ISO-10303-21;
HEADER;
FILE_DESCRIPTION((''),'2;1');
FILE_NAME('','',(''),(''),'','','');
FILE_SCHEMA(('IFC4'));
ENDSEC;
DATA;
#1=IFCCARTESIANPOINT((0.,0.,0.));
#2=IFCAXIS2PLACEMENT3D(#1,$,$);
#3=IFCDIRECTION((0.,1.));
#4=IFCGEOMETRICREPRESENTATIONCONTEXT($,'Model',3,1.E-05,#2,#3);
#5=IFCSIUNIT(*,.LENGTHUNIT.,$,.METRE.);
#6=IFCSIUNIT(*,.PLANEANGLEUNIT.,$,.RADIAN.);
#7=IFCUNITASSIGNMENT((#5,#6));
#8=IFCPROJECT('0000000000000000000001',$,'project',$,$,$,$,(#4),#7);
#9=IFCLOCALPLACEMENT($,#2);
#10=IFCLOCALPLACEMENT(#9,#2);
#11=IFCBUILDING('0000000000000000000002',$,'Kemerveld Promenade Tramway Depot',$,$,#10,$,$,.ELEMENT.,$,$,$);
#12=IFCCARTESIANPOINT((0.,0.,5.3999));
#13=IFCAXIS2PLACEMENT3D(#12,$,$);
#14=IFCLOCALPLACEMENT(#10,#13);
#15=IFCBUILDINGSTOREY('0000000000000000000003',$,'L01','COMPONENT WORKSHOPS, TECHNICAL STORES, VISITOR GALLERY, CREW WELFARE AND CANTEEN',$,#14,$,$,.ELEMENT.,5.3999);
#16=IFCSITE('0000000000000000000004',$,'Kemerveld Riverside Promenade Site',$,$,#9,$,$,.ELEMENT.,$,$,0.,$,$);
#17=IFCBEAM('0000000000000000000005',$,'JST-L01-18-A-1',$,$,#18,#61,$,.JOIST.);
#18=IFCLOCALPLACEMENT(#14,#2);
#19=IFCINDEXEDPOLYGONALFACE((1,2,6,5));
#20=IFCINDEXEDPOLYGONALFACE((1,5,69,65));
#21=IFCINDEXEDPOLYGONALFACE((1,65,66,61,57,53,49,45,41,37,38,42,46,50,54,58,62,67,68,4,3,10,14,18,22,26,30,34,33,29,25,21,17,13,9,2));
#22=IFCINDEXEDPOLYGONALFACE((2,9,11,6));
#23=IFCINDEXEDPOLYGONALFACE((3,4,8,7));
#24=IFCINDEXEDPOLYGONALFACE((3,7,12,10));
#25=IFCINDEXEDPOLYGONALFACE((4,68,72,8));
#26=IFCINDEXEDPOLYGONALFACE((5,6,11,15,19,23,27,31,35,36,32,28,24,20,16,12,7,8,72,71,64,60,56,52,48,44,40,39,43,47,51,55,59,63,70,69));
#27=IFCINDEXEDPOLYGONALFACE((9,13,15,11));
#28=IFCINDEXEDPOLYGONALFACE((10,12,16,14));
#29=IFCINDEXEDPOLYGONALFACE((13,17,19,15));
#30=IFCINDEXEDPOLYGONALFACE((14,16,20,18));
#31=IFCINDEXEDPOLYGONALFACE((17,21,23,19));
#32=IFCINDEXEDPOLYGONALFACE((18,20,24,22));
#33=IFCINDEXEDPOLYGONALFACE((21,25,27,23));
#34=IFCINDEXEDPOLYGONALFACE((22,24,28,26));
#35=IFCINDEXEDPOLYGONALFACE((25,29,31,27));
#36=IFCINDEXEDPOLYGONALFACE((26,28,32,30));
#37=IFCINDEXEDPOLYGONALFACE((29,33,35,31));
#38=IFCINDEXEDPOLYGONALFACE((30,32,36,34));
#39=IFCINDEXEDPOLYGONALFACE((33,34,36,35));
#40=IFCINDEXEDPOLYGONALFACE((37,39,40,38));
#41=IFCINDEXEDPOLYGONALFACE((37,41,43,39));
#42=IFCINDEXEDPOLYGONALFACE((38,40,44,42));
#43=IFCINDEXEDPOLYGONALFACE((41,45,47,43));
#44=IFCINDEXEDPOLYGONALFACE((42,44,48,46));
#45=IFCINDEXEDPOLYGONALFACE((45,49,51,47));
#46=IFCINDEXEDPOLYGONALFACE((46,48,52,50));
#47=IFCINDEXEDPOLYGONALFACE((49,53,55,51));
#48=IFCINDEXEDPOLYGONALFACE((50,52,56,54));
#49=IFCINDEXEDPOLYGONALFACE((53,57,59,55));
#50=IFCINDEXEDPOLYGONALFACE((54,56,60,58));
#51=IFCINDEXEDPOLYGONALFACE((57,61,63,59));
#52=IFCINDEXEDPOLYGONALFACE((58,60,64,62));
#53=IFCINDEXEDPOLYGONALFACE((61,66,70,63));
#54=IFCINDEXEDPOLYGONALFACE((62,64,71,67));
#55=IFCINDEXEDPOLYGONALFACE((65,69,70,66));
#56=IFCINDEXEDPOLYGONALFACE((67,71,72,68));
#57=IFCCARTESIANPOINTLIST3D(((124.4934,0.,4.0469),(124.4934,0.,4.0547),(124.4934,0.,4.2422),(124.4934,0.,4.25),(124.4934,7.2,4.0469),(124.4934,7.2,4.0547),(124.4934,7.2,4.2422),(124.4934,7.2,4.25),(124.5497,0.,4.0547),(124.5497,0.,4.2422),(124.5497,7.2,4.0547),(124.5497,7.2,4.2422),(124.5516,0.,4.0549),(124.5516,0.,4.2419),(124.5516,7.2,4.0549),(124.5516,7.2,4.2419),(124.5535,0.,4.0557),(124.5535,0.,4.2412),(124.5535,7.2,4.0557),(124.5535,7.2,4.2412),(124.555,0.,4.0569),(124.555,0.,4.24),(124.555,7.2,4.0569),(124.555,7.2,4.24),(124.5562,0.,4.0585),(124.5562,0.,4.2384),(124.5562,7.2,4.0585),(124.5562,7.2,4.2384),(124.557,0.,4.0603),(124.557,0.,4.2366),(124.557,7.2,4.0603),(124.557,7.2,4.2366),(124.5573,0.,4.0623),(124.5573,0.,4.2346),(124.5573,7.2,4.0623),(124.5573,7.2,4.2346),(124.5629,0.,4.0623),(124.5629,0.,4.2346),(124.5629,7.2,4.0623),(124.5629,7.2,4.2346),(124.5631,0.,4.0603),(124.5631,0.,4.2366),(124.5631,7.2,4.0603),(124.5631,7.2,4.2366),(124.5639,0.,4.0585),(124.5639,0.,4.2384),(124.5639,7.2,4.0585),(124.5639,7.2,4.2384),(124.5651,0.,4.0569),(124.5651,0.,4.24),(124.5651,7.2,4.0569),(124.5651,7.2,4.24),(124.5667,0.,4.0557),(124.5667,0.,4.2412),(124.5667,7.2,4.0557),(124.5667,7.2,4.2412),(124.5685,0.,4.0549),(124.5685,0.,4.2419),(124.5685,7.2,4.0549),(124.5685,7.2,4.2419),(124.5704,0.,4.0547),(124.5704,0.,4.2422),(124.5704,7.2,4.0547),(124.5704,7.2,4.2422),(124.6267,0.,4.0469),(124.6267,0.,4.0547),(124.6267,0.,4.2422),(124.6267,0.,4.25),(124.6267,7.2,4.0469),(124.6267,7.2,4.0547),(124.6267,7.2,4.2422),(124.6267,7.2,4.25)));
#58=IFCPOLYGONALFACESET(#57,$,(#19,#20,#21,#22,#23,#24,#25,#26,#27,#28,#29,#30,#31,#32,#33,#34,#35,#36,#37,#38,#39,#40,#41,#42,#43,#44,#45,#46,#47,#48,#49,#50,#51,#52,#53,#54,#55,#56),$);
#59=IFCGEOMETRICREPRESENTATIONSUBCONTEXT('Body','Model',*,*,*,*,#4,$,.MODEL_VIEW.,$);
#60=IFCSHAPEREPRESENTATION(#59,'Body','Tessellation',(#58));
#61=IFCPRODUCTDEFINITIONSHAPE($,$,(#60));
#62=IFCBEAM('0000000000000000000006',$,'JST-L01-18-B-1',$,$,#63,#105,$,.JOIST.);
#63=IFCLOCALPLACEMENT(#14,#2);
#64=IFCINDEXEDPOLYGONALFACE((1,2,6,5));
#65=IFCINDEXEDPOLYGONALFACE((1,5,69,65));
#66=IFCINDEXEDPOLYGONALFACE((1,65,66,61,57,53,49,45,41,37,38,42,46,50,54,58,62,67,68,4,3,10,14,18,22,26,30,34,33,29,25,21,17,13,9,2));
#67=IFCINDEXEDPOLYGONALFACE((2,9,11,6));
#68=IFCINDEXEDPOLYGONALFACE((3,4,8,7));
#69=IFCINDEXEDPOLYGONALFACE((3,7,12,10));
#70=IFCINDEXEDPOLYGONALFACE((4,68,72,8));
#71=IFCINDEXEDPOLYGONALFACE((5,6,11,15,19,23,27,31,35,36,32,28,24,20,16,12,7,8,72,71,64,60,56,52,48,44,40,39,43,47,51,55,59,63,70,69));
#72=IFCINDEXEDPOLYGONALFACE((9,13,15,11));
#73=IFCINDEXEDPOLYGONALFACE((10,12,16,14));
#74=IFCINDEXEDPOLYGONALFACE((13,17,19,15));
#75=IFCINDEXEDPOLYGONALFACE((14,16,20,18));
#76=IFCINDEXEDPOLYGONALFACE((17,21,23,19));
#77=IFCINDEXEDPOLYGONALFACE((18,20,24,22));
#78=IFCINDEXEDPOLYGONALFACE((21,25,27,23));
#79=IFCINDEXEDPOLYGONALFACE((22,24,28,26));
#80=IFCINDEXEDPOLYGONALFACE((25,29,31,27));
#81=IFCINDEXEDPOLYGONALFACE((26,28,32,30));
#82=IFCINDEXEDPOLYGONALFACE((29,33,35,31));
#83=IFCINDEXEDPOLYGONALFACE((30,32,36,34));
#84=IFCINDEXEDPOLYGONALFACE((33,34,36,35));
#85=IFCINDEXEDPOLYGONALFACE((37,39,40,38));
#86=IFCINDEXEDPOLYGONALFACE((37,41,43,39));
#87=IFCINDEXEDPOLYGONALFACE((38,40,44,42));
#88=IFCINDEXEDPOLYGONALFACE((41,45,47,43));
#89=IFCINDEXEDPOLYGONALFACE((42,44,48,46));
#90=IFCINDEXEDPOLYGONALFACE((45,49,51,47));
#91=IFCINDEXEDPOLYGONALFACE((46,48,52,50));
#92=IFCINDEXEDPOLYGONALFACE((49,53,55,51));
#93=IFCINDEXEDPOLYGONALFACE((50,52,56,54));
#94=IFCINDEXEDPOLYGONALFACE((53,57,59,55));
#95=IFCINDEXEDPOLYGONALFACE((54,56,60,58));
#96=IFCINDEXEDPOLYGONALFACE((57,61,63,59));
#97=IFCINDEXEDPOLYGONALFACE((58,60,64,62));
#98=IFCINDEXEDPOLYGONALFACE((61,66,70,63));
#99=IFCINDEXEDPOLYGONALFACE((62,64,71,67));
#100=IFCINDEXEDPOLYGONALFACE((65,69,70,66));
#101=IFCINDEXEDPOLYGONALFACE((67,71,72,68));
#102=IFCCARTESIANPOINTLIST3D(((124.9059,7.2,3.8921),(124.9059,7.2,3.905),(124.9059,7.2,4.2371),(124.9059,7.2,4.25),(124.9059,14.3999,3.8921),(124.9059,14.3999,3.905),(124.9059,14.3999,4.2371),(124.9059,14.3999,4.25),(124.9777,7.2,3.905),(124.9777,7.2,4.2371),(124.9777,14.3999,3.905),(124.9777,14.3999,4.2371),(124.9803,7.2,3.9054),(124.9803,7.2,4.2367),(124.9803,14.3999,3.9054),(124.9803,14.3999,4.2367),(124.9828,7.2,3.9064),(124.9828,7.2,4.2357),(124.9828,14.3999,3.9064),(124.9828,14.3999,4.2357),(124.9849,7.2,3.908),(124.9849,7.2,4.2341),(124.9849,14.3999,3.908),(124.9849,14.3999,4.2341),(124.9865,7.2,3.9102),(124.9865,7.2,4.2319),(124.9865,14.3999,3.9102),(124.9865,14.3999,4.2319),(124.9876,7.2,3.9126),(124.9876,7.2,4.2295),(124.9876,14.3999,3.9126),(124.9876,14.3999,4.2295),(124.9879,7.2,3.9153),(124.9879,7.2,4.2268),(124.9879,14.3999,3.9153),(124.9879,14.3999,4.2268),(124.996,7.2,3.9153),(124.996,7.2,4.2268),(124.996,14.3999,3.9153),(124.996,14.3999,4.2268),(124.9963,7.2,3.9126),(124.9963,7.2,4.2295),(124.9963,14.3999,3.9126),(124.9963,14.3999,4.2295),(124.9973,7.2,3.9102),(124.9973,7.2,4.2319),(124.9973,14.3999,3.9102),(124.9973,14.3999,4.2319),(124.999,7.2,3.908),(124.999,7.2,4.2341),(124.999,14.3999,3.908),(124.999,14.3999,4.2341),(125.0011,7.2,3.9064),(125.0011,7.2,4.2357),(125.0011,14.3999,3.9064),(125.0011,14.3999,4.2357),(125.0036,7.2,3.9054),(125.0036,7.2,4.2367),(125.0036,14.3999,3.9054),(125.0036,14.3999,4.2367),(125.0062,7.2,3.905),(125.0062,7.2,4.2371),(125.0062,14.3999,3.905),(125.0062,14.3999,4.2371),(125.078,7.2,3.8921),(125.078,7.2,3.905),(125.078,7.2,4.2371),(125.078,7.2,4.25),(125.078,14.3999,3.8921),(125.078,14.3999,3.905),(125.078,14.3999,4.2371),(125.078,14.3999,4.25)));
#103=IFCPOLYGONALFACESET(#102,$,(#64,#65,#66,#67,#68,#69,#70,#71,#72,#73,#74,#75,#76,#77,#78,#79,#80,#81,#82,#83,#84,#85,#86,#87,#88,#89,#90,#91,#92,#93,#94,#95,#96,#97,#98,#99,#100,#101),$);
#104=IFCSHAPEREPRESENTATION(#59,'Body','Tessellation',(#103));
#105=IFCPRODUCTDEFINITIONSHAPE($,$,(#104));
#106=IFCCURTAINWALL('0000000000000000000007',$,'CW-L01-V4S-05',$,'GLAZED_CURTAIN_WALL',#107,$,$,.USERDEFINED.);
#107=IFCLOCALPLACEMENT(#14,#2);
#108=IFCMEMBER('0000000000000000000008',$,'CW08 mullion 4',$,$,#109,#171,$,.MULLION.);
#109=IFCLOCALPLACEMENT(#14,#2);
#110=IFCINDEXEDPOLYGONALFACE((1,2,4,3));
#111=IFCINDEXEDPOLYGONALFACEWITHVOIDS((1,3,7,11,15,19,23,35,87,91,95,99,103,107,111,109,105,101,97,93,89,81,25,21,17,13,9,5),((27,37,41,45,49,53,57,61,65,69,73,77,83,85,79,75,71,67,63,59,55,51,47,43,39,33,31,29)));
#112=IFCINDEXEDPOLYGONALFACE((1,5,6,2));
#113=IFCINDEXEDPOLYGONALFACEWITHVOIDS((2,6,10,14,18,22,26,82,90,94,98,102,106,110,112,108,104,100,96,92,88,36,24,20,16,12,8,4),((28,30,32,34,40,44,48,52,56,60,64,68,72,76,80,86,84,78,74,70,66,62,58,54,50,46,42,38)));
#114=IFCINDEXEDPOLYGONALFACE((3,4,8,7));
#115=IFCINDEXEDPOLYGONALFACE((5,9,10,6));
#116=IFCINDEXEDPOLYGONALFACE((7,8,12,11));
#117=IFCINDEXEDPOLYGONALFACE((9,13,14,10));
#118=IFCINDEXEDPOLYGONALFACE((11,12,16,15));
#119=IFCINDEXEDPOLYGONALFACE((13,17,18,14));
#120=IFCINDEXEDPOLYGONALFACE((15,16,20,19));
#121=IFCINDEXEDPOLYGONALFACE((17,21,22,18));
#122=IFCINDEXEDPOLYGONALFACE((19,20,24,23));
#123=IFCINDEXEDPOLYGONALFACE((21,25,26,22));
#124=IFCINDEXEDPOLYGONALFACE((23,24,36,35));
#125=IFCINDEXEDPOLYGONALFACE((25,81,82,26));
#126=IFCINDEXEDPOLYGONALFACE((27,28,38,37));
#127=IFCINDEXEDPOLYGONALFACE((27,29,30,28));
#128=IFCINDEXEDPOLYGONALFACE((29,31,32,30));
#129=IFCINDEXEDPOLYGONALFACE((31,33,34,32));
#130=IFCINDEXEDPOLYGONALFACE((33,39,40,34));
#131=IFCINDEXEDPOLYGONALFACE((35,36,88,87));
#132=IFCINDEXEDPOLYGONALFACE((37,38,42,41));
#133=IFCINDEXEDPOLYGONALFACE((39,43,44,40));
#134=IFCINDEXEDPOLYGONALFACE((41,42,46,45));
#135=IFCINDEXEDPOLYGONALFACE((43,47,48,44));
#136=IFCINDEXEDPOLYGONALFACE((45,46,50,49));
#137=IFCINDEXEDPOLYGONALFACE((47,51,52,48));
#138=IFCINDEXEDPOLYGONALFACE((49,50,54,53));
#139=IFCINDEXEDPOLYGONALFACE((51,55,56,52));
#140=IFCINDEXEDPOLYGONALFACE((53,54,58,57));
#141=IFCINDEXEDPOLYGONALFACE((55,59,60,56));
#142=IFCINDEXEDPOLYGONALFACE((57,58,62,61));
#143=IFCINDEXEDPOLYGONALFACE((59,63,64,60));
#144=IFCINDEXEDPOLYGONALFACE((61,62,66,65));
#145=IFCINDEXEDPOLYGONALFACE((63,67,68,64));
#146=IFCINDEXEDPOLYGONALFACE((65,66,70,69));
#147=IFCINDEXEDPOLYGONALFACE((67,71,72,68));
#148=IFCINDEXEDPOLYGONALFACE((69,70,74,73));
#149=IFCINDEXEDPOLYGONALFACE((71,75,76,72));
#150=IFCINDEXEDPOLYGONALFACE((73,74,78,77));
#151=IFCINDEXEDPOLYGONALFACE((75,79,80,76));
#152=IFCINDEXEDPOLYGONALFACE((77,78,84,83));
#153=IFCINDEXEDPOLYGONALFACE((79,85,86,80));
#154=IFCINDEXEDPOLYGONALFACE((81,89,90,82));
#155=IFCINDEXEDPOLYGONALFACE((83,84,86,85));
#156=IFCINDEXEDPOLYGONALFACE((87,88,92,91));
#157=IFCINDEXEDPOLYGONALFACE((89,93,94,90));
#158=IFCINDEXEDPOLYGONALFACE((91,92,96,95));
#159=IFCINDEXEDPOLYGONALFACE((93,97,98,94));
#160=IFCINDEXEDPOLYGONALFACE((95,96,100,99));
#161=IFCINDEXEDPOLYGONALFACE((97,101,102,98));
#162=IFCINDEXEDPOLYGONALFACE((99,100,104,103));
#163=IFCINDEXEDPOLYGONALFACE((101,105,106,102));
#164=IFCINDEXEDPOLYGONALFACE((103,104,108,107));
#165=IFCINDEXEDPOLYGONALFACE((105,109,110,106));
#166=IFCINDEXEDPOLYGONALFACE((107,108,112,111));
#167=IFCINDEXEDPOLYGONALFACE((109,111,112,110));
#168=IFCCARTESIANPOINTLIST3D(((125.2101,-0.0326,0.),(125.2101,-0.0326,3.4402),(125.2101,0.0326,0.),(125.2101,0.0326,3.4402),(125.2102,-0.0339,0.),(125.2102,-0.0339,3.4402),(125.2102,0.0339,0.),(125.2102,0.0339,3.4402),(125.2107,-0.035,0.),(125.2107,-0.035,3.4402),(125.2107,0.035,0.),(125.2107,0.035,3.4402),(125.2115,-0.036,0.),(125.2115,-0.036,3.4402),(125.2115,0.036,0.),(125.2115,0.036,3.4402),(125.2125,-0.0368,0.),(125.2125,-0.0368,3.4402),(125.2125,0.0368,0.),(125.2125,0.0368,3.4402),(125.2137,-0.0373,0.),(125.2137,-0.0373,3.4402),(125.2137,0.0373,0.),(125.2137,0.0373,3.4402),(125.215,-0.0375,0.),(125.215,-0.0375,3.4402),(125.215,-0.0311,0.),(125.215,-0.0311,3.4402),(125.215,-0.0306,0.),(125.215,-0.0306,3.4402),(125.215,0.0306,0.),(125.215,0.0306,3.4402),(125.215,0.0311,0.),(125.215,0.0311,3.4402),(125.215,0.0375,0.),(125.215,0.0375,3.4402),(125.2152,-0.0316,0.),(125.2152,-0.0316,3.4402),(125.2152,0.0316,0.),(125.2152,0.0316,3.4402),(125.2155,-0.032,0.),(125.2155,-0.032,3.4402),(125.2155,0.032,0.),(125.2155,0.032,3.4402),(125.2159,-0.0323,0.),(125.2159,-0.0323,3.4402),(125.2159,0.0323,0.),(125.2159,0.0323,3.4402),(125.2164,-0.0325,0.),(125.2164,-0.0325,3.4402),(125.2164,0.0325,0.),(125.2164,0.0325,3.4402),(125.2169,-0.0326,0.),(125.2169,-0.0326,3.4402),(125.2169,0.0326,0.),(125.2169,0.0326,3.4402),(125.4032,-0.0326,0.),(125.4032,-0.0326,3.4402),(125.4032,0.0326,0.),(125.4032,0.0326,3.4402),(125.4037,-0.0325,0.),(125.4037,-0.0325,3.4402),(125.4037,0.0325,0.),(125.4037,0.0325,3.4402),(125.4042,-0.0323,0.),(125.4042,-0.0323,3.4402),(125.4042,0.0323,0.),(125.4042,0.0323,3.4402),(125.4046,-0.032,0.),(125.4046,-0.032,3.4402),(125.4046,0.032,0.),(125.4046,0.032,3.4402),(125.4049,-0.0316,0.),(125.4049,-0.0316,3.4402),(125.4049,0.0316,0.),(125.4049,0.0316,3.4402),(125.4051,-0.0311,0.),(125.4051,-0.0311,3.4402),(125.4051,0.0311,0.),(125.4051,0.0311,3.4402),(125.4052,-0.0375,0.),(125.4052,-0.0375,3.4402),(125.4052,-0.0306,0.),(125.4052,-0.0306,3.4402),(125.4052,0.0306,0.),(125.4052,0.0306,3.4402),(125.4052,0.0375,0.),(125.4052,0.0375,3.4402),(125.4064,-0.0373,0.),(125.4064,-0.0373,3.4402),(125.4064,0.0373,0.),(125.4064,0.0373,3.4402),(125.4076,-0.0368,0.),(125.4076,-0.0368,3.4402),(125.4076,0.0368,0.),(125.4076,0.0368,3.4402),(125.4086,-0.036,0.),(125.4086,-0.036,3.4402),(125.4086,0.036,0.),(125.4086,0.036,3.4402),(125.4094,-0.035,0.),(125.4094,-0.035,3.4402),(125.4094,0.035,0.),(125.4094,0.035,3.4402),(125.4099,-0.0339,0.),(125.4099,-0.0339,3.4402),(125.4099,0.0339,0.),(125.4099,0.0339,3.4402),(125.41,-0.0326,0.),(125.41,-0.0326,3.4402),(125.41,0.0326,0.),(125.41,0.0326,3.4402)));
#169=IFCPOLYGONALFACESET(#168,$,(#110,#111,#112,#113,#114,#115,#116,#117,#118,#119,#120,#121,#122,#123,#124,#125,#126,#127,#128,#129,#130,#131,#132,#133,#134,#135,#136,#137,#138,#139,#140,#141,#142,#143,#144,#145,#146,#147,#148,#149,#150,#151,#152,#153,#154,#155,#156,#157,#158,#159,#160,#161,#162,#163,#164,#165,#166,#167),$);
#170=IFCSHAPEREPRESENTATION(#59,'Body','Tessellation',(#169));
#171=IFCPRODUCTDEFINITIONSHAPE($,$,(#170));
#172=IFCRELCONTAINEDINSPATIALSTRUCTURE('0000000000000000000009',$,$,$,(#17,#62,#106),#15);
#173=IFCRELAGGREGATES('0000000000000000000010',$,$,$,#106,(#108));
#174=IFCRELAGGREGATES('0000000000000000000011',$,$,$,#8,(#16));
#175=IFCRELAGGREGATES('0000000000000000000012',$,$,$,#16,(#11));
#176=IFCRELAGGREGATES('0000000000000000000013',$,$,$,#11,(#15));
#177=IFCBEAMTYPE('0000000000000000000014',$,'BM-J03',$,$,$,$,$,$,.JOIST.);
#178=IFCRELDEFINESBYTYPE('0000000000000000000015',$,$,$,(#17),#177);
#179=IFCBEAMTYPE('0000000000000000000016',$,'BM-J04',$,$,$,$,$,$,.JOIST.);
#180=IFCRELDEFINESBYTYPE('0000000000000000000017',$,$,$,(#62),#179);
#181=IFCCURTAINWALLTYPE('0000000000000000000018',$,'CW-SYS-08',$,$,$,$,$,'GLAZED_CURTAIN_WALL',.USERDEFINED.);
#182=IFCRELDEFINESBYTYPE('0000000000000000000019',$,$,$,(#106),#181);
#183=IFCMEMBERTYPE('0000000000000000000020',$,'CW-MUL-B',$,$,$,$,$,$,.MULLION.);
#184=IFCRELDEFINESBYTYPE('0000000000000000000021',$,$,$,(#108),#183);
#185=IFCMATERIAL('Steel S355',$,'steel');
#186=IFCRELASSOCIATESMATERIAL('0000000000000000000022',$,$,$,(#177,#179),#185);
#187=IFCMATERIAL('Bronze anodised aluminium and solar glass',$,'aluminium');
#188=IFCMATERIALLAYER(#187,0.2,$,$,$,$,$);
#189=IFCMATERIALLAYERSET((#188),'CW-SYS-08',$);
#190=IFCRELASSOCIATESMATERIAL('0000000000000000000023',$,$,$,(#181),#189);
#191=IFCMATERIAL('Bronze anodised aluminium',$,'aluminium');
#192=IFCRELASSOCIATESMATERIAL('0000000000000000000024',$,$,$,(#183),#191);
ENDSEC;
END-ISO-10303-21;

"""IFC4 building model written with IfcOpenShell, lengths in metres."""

from ifc_helpers import new_model, si_unit, direction, frame, origin, origin_2d, place, context, subcontext, project, spatial, hollow_rectangle, i_section, extrude, material, layer, layer_set, material_profile, profile_set, type_object, element, aggregate, save


model = new_model("IFC4")

# Units and contexts
model_context = context("Model", 3, precision=1e-05, world=origin(), true_north=direction((0.0, 1.0)))
body_context = subcontext(model_context, "Body", "Model", "MODEL_VIEW")
ifc_project = project(units=[si_unit("LENGTHUNIT", "METRE"), si_unit("PLANEANGLEUNIT", "RADIAN")], contexts=[model_context])

# Site, building, storey
site_placement = place(None, origin())
site = spatial("IfcSite", under=ifc_project, at=site_placement, Name="Kemerveld Riverside Promenade Site", CompositionType="ELEMENT", RefElevation=0.0)
building_placement = place(site_placement, origin())
building = spatial("IfcBuilding", under=site, at=building_placement, Name="Kemerveld Promenade Tramway Depot", CompositionType="ELEMENT")
storey_placement = place(building_placement, frame((0.0, 0.0, 5.3999)))
storey = spatial("IfcBuildingStorey", under=building, at=storey_placement, Name="L01", Description="COMPONENT WORKSHOPS, TECHNICAL STORES, VISITOR GALLERY, CREW WELFARE AND CANTEEN", CompositionType="ELEMENT", Elevation=5.3999)

# Shared definitions
ifc_material_1 = material(Name="Steel S355", Category="steel")

# Beams
ifc_material_profile_1 = material_profile(ifc_material_1, i_section(OverallWidth=0.1333, OverallDepth=0.2031, WebThickness=0.0056, FlangeThickness=0.0078, FilletRadius=0.0076, at=origin_2d()), Name="203x133x25 UB")
ifc_profile_set_1 = profile_set([ifc_material_profile_1], Name="Steel S355")
beam_type_1 = type_object("IfcBeamType", Name="BM-J03", PredefinedType="JOIST", material=ifc_profile_set_1)
beam_1_placement = place(storey_placement, frame((124.5601, 0.0, 4.1484), z_axis=(0.0, 1.0, 0.0), x_axis=(-1.0, 0.0, 0.0)))
element("IfcBeam", 1, at=beam_1_placement, inside=storey, type_object=beam_type_1, Name="JST-L01-18-A-1", PredefinedType="JOIST", context=body_context, shape_type="SweptSolid", body=[
    extrude(i_section(OverallWidth=0.1333, OverallDepth=0.2031, WebThickness=0.0056, FlangeThickness=0.0078, FilletRadius=0.0076, at=origin_2d()), origin(), (0.0, 0.0, 1.0), 7.2),
])
ifc_material_profile_2 = material_profile(ifc_material_1, i_section(OverallWidth=0.1721, OverallDepth=0.3579, WebThickness=0.0081, FlangeThickness=0.0129, FilletRadius=0.0103, at=origin_2d()), Name="356x171x57 UB")
ifc_profile_set_2 = profile_set([ifc_material_profile_2], Name="Steel S355")
beam_type_2 = type_object("IfcBeamType", Name="BM-J04", PredefinedType="JOIST", material=ifc_profile_set_2)
beam_2_placement = place(storey_placement, frame((124.9919, 7.2, 4.071), z_axis=(0.0, 1.0, 0.0), x_axis=(-1.0, 0.0, 0.0)))
element("IfcBeam", 2, at=beam_2_placement, inside=storey, type_object=beam_type_2, Name="JST-L01-18-B-1", PredefinedType="JOIST", context=body_context, shape_type="SweptSolid", body=[
    extrude(i_section(OverallWidth=0.1721, OverallDepth=0.3579, WebThickness=0.0081, FlangeThickness=0.0129, FilletRadius=0.0103, at=origin_2d()), origin(), (0.0, 0.0, 1.0), 7.2),
])

# Curtain wall, member
ifc_material_2 = material(Name="Bronze anodised aluminium and solar glass", Category="aluminium")
ifc_layer_1 = layer(ifc_material_2, 0.2)
ifc_layer_set_1 = layer_set([ifc_layer_1], Name="CW-SYS-08")
curtain_wall_type = type_object("IfcCurtainWallType", Name="CW-SYS-08", ElementType="GLAZED_CURTAIN_WALL", PredefinedType="USERDEFINED", material=ifc_layer_set_1)
curtain_wall_placement = place(storey_placement, origin())
curtain_wall = element("IfcCurtainWall", 3, at=curtain_wall_placement, inside=storey, type_object=curtain_wall_type, Name="CW-L01-V4S-05", ObjectType="GLAZED_CURTAIN_WALL", PredefinedType="USERDEFINED")
ifc_material_3 = material(Name="Bronze anodised aluminium", Category="aluminium")
ifc_material_profile_3 = material_profile(ifc_material_3, hollow_rectangle(XDim=0.075, YDim=0.2, WallThickness=0.0049, InnerFilletRadius=0.002, OuterFilletRadius=0.0049, at=origin_2d()), Name="CW-MUL-200x75")
ifc_profile_set_3 = profile_set([ifc_material_profile_3], Name="Bronze anodised aluminium")
member_type_1 = type_object("IfcMemberType", Name="CW-MUL-B", PredefinedType="MULLION", material=ifc_profile_set_3)
member_1_placement = place(storey_placement, frame((125.3101, 0.0, 0.0), z_axis=(0.0, 0.0, 1.0), x_axis=(0.0, -1.0, 0.0)))
member_1 = element("IfcMember", 4, at=member_1_placement, type_object=member_type_1, Name="CW08 mullion 4", PredefinedType="MULLION", context=body_context, shape_type="SweptSolid", body=[
    extrude(hollow_rectangle(XDim=0.075, YDim=0.2, WallThickness=0.0049, InnerFilletRadius=0.002, OuterFilletRadius=0.0049, at=origin_2d()), origin(), (0.0, 0.0, 1.0), 3.4402),
])
aggregate(curtain_wall, [member_1])

save(model, "model.ifc")
